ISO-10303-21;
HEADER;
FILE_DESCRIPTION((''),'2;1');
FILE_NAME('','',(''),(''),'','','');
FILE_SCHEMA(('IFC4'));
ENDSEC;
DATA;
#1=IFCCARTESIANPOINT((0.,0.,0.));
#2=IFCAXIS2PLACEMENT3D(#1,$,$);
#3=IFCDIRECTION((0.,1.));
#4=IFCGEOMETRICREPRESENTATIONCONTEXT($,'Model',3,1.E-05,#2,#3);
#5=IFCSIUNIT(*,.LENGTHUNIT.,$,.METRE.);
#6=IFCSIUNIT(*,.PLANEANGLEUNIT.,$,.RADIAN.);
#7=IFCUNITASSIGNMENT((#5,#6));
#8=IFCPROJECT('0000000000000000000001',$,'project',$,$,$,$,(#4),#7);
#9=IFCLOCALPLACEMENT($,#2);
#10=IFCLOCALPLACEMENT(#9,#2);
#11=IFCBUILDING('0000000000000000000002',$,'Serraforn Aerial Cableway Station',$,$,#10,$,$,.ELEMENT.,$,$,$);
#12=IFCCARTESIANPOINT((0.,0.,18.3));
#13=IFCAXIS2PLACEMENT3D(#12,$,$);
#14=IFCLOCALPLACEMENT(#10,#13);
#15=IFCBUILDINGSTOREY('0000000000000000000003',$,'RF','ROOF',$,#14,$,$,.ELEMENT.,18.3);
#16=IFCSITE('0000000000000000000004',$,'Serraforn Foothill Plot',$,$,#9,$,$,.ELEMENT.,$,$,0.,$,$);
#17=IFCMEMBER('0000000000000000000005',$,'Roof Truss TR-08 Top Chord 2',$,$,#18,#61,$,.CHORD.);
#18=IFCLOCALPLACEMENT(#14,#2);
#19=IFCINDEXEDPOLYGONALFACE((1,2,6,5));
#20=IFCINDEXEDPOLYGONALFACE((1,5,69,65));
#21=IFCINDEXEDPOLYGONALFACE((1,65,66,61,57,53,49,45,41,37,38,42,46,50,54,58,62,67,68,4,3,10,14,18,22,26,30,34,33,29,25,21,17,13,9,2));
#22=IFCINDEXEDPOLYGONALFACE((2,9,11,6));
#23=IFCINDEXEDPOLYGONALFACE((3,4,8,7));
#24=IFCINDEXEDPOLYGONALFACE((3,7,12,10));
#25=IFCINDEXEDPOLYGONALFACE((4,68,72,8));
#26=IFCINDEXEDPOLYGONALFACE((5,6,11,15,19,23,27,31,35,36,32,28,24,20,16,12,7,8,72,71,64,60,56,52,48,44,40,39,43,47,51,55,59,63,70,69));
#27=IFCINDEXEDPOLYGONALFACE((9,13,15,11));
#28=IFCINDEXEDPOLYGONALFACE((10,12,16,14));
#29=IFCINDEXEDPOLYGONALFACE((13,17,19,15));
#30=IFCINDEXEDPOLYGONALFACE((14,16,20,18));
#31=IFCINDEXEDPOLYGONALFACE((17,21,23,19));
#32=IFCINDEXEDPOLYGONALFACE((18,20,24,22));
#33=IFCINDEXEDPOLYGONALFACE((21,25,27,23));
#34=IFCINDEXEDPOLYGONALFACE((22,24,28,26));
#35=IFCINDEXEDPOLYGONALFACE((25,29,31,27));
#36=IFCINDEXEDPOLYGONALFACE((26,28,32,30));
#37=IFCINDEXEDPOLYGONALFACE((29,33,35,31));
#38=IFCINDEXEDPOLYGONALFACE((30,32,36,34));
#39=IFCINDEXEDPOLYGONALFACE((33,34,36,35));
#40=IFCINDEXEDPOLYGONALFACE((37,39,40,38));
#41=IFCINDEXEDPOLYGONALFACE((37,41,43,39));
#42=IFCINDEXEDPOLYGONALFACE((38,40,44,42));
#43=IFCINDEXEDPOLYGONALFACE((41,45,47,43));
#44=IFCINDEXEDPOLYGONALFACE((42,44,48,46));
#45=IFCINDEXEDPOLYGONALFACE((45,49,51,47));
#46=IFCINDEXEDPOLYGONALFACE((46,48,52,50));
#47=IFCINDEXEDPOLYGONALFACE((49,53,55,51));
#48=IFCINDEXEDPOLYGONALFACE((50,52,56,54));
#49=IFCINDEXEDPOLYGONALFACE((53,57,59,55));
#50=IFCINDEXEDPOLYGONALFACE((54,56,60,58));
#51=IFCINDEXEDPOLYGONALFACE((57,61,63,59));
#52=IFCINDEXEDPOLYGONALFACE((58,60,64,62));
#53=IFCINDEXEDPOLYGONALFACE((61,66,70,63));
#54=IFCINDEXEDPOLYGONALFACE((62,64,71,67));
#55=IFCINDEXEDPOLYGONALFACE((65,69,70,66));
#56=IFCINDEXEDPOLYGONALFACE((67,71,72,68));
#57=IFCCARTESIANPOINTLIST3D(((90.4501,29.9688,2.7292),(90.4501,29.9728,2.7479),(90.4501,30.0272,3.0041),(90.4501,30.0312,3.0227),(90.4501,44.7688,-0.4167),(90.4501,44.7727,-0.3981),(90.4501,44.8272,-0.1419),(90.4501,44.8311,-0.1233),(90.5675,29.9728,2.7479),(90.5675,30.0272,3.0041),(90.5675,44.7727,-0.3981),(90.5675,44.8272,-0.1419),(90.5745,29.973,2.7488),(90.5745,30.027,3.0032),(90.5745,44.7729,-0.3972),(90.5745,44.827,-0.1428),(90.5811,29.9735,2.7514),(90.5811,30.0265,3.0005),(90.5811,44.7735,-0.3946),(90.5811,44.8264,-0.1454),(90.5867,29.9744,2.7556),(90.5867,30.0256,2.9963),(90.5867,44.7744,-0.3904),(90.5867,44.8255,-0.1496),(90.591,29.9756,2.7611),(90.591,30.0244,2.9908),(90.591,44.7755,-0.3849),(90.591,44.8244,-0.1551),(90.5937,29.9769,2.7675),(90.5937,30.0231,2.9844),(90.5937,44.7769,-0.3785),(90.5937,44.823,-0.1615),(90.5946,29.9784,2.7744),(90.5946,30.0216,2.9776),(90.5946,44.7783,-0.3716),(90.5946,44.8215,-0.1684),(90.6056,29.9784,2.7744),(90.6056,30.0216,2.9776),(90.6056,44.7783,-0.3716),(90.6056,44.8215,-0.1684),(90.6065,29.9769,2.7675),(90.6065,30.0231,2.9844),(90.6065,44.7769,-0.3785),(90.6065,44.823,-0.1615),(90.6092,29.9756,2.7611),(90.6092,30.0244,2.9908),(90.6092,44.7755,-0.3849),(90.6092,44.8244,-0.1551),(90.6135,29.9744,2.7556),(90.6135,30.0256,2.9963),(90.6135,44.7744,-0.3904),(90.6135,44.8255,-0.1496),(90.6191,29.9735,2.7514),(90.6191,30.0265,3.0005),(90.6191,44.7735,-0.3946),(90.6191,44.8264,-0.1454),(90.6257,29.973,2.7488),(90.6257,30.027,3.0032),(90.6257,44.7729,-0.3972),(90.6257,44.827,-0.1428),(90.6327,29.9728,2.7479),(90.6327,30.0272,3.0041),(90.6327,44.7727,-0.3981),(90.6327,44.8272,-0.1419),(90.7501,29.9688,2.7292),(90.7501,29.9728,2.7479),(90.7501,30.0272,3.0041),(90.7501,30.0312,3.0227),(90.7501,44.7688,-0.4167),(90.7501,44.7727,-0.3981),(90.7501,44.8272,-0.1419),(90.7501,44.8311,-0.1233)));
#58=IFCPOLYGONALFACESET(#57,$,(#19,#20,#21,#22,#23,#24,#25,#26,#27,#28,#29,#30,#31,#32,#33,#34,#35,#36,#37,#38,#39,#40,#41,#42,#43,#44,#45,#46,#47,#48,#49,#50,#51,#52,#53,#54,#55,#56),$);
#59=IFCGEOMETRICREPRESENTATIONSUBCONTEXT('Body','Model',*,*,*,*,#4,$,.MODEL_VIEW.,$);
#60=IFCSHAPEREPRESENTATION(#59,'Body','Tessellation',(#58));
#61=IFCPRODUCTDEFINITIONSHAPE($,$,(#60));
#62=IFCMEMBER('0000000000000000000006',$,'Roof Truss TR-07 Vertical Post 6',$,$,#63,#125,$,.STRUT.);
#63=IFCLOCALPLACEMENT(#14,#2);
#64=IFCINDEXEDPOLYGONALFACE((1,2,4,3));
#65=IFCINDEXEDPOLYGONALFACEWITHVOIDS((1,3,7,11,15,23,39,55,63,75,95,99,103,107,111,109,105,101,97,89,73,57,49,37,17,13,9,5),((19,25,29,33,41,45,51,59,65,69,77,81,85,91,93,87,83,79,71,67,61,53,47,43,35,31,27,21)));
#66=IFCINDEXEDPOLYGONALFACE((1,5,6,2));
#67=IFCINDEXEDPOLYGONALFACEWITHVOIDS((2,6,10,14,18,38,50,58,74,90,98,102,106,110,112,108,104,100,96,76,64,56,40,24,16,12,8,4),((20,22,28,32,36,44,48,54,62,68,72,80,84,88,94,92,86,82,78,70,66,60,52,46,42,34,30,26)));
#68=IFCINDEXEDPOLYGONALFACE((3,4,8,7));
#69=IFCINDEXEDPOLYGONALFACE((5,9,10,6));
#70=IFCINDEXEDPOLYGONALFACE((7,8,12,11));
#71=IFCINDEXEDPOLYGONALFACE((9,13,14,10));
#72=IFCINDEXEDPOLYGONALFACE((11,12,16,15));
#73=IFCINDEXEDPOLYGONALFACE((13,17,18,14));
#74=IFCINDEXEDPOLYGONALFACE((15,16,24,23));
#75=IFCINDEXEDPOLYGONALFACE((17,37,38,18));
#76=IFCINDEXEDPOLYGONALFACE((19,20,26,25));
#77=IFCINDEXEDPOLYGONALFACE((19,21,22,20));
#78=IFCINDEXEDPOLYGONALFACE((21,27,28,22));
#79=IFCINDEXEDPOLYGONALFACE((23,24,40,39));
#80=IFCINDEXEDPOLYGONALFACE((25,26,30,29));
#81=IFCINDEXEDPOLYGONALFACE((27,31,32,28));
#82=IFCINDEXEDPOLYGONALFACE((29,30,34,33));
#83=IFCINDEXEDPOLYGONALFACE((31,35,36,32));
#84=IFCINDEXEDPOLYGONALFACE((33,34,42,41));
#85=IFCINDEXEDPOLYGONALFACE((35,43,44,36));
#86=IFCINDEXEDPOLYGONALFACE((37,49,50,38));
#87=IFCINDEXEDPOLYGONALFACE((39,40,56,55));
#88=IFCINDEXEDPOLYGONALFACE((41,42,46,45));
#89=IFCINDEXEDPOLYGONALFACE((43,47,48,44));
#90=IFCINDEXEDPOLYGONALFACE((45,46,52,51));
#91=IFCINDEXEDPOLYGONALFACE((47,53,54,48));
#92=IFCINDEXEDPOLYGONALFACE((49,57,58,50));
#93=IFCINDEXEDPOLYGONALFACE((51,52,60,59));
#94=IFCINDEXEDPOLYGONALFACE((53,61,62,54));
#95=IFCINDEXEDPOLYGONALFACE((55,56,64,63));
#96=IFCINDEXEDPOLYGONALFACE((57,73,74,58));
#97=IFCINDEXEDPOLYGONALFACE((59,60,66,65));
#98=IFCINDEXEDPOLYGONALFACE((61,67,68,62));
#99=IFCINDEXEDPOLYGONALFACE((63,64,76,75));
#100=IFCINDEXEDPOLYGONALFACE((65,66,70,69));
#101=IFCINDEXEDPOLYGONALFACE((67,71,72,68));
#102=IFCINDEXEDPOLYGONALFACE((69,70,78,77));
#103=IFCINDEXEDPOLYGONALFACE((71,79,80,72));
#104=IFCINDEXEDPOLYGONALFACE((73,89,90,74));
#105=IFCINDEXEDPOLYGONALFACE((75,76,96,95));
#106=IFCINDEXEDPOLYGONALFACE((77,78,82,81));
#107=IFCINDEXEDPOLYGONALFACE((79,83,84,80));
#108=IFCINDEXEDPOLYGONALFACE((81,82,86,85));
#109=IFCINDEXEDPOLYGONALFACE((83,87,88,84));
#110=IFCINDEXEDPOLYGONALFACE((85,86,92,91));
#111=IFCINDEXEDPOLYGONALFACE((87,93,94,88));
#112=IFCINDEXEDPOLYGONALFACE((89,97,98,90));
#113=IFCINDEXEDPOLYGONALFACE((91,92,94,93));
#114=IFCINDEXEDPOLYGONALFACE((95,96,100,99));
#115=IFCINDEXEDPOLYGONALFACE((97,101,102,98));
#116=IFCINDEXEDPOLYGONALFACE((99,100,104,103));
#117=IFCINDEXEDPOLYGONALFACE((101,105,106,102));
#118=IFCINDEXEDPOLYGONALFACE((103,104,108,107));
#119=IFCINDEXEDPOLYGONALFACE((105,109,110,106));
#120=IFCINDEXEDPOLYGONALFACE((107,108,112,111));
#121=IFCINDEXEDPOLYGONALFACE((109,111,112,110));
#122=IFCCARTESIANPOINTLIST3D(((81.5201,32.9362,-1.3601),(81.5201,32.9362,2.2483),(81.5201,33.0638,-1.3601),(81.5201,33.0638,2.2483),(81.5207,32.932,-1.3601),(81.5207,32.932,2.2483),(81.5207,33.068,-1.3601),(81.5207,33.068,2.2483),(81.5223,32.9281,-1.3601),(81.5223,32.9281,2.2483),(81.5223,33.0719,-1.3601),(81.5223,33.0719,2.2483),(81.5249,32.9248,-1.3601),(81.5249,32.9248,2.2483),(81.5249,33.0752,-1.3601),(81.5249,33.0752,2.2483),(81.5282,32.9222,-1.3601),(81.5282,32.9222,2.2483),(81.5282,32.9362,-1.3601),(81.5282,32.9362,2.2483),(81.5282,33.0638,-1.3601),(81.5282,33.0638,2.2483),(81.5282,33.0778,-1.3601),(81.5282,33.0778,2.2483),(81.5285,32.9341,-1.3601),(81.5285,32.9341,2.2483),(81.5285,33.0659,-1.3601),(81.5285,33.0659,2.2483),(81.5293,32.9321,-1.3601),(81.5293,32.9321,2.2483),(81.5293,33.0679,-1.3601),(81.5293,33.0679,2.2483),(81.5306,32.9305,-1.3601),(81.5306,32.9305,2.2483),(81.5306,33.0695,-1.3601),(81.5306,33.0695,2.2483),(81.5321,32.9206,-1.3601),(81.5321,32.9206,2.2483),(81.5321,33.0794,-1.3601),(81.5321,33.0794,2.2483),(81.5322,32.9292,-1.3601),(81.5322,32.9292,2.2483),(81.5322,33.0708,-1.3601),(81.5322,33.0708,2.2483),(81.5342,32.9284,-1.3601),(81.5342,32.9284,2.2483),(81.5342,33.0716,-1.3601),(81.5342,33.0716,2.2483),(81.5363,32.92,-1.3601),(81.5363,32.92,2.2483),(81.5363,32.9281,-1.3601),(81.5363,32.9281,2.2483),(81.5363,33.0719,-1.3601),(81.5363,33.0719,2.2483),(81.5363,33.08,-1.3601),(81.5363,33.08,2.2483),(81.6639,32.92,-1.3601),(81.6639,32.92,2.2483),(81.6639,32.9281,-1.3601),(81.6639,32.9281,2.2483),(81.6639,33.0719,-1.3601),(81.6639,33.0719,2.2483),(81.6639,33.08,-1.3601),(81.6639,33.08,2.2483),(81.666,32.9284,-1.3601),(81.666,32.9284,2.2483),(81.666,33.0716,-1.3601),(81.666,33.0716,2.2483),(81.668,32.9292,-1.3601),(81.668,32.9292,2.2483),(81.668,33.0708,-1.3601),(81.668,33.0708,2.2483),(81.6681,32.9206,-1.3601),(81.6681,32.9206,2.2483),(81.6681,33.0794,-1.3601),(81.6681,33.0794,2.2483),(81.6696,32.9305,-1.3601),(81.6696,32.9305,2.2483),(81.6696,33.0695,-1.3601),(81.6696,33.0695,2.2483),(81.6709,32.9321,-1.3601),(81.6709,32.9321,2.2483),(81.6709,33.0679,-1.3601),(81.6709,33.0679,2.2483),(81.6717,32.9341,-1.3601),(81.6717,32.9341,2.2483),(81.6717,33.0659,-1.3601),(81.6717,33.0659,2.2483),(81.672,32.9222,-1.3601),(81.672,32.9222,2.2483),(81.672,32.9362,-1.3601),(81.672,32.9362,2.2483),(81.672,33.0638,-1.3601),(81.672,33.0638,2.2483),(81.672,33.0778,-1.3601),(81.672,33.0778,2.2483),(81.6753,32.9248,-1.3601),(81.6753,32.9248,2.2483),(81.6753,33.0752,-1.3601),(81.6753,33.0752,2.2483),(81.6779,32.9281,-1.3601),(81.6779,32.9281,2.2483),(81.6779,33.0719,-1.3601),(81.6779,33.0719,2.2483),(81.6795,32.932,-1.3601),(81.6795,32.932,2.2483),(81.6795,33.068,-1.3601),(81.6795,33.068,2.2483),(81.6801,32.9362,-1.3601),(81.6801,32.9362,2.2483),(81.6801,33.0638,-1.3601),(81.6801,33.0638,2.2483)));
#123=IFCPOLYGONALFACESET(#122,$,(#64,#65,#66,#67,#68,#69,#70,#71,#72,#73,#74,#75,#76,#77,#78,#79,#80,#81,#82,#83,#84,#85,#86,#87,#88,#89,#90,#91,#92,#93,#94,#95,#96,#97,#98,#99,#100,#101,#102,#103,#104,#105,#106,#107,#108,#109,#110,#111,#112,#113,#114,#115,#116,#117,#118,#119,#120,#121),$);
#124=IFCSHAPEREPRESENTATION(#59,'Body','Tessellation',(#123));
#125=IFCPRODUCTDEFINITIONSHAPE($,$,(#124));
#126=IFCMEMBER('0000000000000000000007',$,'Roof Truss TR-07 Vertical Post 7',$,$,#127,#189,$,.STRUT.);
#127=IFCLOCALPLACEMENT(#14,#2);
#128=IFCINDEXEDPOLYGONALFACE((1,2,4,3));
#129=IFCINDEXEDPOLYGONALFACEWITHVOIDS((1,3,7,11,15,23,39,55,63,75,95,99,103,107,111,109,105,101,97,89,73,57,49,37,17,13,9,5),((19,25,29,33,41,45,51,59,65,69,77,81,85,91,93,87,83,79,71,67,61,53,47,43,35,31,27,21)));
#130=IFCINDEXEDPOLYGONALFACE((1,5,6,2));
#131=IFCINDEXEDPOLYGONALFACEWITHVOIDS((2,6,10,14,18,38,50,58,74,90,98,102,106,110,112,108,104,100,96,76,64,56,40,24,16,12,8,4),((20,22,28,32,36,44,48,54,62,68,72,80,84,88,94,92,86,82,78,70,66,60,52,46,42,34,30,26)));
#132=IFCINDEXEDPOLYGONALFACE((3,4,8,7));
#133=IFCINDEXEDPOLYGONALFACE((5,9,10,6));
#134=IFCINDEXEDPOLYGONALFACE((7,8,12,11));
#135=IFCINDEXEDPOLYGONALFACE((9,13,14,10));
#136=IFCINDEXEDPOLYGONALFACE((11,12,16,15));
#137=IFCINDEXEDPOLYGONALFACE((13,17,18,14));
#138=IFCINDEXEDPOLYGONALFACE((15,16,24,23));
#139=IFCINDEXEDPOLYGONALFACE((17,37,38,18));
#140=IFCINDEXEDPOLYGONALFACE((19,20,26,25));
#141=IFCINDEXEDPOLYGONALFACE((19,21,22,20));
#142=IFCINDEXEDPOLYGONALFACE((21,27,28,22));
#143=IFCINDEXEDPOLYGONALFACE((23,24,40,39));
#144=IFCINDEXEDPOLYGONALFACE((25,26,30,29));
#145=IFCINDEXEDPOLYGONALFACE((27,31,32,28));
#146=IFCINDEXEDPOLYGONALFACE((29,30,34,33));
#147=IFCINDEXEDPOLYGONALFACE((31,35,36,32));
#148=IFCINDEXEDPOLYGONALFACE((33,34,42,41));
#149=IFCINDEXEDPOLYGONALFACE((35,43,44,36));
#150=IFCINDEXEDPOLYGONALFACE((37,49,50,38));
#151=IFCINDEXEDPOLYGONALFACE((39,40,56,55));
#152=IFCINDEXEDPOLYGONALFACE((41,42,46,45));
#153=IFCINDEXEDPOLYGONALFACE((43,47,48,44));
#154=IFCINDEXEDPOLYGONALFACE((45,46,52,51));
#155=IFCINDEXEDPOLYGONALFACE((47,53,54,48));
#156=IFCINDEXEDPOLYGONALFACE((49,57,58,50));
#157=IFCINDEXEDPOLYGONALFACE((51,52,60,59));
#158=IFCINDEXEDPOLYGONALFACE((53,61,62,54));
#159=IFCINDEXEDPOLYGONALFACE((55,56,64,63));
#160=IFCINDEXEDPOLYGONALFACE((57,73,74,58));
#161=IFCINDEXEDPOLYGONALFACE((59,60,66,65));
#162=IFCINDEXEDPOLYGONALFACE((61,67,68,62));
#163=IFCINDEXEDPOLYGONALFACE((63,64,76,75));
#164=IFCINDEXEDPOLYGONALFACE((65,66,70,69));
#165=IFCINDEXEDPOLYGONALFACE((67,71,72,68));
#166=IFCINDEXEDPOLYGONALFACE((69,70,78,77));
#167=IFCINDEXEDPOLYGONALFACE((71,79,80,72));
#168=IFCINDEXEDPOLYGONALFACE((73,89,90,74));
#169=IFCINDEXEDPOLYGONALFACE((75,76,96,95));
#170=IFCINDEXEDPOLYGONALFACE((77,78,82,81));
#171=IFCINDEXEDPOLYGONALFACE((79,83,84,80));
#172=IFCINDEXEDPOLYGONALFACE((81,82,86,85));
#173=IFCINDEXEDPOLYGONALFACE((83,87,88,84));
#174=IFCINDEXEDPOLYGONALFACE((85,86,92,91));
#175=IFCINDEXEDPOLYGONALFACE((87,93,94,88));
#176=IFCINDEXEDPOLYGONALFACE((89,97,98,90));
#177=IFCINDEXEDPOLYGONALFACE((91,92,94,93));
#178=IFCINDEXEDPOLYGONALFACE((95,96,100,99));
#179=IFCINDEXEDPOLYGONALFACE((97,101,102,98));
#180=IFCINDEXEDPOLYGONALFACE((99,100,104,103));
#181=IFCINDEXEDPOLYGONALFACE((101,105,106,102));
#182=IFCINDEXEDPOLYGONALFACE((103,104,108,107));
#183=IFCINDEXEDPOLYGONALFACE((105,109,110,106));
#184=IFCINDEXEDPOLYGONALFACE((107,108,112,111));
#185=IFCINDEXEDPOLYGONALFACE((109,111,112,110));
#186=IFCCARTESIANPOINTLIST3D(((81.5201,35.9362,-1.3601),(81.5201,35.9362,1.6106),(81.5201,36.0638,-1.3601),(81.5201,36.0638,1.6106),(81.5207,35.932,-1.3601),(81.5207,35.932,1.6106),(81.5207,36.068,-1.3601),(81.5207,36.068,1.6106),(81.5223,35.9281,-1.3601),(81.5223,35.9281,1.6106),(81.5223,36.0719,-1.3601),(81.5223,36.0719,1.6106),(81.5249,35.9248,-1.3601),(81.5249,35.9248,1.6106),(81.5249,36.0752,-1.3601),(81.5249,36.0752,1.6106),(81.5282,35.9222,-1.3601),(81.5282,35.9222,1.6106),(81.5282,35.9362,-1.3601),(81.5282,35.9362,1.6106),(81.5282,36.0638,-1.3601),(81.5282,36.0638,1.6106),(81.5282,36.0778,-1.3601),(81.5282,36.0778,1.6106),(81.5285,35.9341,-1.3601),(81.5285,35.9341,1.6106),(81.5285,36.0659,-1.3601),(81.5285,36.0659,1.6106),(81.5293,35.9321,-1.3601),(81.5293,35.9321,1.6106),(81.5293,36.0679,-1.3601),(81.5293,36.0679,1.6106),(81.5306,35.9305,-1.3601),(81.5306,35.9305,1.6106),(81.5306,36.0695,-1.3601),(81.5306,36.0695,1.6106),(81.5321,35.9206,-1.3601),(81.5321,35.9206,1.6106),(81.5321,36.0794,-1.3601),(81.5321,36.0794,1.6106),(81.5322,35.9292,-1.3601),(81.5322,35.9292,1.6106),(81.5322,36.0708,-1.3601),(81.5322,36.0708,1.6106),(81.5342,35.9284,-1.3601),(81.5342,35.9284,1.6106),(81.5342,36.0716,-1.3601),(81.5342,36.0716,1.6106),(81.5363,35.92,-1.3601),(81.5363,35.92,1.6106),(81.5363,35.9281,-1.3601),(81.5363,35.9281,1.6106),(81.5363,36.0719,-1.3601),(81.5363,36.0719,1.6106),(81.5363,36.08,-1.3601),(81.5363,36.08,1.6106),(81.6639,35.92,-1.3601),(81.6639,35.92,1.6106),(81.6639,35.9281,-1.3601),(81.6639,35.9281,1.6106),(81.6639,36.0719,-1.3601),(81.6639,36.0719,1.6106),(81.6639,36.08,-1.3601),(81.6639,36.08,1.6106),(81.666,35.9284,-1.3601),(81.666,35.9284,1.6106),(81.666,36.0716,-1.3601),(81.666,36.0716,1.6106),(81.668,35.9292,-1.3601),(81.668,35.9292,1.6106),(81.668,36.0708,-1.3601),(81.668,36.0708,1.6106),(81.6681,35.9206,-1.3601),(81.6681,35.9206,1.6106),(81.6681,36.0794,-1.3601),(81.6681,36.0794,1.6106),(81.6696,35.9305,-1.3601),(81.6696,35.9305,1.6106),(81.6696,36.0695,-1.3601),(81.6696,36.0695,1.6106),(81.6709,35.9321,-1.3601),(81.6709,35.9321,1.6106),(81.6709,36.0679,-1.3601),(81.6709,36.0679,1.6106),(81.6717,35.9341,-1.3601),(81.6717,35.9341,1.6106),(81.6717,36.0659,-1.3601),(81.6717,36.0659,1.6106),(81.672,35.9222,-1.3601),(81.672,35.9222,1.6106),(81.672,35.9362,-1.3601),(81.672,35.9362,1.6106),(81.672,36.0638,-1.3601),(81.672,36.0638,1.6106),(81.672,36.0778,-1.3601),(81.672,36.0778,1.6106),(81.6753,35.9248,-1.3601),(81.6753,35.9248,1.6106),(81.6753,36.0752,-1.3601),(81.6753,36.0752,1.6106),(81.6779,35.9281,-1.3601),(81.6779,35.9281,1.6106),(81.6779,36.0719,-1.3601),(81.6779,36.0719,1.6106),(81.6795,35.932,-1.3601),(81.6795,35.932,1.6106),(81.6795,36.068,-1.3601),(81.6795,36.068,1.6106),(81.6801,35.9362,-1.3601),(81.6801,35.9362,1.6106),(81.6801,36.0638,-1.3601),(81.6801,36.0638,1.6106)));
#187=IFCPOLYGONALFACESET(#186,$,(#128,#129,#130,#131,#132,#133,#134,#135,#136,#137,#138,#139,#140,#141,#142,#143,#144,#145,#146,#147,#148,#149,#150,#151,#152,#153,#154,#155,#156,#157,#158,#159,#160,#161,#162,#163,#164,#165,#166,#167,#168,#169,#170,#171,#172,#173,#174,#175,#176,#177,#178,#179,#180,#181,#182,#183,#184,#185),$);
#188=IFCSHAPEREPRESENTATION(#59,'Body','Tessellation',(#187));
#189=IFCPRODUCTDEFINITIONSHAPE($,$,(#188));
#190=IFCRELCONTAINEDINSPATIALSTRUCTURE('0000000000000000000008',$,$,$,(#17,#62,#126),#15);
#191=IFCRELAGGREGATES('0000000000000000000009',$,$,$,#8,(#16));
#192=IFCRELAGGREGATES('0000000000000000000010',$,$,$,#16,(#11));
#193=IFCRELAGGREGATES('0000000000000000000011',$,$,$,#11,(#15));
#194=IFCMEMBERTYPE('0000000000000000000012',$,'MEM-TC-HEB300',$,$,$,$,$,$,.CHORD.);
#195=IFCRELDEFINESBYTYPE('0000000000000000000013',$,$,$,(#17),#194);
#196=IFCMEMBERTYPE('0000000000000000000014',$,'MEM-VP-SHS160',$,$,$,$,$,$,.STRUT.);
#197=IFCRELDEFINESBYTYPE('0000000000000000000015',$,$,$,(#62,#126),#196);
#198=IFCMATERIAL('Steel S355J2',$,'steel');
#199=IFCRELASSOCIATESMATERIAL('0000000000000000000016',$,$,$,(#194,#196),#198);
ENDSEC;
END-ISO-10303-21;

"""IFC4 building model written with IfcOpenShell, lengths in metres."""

from ifc_helpers import new_model, si_unit, direction, frame, origin, origin_2d, place, context, subcontext, project, spatial, hollow_rectangle, i_section, extrude, material, material_profile, profile_set, type_object, element, save


model = new_model("IFC4")

# Units and contexts
model_context = context("Model", 3, precision=1e-05, world=origin(), true_north=direction((0.0, 1.0)))
body_context = subcontext(model_context, "Body", "Model", "MODEL_VIEW")
ifc_project = project(units=[si_unit("LENGTHUNIT", "METRE"), si_unit("PLANEANGLEUNIT", "RADIAN")], contexts=[model_context])

# Site, building, storey
site_placement = place(None, origin())
site = spatial("IfcSite", under=ifc_project, at=site_placement, Name="Serraforn Foothill Plot", CompositionType="ELEMENT", RefElevation=0.0)
building_placement = place(site_placement, origin())
building = spatial("IfcBuilding", under=site, at=building_placement, Name="Serraforn Aerial Cableway Station", CompositionType="ELEMENT")
storey_placement = place(building_placement, frame((0.0, 0.0, 18.3)))
storey = spatial("IfcBuildingStorey", under=building, at=storey_placement, Name="RF", Description="ROOF", CompositionType="ELEMENT", Elevation=18.3)

# Members
ifc_material_1 = material(Name="Steel S355J2", Category="steel")
ifc_material_profile_1 = material_profile(ifc_material_1, i_section(OverallWidth=0.3, OverallDepth=0.3, WebThickness=0.011, FlangeThickness=0.019, FilletRadius=0.0271, at=origin_2d()), Name="HEB 300")
ifc_profile_set_1 = profile_set([ifc_material_profile_1], Name="Steel S355J2")
member_type_1 = type_object("IfcMemberType", Name="MEM-TC-HEB300", PredefinedType="CHORD", material=ifc_profile_set_1)
member_1_placement = place(storey_placement, frame((90.6001, 30.0, 2.876), z_axis=(0.0, 0.978146, -0.207921), x_axis=(-1.0, 0.0, 0.0)))
element("IfcMember", 1, at=member_1_placement, inside=storey, type_object=member_type_1, Name="Roof Truss TR-08 Top Chord 2", PredefinedType="CHORD", context=body_context, shape_type="SweptSolid", body=[
    extrude(i_section(OverallWidth=0.3, OverallDepth=0.3, WebThickness=0.011, FlangeThickness=0.019, FilletRadius=0.0271, at=origin_2d()), origin(), (0.0, 0.0, 1.0), 15.1306),
])
ifc_material_profile_2 = material_profile(ifc_material_1, hollow_rectangle(XDim=0.1599, YDim=0.1599, WallThickness=0.0081, InnerFilletRadius=0.0081, OuterFilletRadius=0.0161, at=origin_2d()), Name="SHS 160x160x8.0")
ifc_profile_set_2 = profile_set([ifc_material_profile_2], Name="Steel S355J2")
member_type_2 = type_object("IfcMemberType", Name="MEM-VP-SHS160", PredefinedType="STRUT", material=ifc_profile_set_2)
member_2_placement = place(storey_placement, frame((81.6001, 33.0, -1.3601), z_axis=(0.0, 0.0, 1.0), x_axis=(1.0, 0.0, 0.0)))
element("IfcMember", 2, at=member_2_placement, inside=storey, type_object=member_type_2, Name="Roof Truss TR-07 Vertical Post 6", PredefinedType="STRUT", context=body_context, shape_type="SweptSolid", body=[
    extrude(hollow_rectangle(XDim=0.1599, YDim=0.1599, WallThickness=0.0081, InnerFilletRadius=0.0081, OuterFilletRadius=0.0161, at=origin_2d()), origin(), (0.0, 0.0, 1.0), 3.6084),
])
member_3_placement = place(storey_placement, frame((81.6001, 36.0, -1.3601), z_axis=(0.0, 0.0, 1.0), x_axis=(1.0, 0.0, 0.0)))
element("IfcMember", 3, at=member_3_placement, inside=storey, type_object=member_type_2, Name="Roof Truss TR-07 Vertical Post 7", PredefinedType="STRUT", context=body_context, shape_type="SweptSolid", body=[
    extrude(hollow_rectangle(XDim=0.1599, YDim=0.1599, WallThickness=0.0081, InnerFilletRadius=0.0081, OuterFilletRadius=0.0161, at=origin_2d()), origin(), (0.0, 0.0, 1.0), 2.9707),
])

save(model, "model.ifc")
